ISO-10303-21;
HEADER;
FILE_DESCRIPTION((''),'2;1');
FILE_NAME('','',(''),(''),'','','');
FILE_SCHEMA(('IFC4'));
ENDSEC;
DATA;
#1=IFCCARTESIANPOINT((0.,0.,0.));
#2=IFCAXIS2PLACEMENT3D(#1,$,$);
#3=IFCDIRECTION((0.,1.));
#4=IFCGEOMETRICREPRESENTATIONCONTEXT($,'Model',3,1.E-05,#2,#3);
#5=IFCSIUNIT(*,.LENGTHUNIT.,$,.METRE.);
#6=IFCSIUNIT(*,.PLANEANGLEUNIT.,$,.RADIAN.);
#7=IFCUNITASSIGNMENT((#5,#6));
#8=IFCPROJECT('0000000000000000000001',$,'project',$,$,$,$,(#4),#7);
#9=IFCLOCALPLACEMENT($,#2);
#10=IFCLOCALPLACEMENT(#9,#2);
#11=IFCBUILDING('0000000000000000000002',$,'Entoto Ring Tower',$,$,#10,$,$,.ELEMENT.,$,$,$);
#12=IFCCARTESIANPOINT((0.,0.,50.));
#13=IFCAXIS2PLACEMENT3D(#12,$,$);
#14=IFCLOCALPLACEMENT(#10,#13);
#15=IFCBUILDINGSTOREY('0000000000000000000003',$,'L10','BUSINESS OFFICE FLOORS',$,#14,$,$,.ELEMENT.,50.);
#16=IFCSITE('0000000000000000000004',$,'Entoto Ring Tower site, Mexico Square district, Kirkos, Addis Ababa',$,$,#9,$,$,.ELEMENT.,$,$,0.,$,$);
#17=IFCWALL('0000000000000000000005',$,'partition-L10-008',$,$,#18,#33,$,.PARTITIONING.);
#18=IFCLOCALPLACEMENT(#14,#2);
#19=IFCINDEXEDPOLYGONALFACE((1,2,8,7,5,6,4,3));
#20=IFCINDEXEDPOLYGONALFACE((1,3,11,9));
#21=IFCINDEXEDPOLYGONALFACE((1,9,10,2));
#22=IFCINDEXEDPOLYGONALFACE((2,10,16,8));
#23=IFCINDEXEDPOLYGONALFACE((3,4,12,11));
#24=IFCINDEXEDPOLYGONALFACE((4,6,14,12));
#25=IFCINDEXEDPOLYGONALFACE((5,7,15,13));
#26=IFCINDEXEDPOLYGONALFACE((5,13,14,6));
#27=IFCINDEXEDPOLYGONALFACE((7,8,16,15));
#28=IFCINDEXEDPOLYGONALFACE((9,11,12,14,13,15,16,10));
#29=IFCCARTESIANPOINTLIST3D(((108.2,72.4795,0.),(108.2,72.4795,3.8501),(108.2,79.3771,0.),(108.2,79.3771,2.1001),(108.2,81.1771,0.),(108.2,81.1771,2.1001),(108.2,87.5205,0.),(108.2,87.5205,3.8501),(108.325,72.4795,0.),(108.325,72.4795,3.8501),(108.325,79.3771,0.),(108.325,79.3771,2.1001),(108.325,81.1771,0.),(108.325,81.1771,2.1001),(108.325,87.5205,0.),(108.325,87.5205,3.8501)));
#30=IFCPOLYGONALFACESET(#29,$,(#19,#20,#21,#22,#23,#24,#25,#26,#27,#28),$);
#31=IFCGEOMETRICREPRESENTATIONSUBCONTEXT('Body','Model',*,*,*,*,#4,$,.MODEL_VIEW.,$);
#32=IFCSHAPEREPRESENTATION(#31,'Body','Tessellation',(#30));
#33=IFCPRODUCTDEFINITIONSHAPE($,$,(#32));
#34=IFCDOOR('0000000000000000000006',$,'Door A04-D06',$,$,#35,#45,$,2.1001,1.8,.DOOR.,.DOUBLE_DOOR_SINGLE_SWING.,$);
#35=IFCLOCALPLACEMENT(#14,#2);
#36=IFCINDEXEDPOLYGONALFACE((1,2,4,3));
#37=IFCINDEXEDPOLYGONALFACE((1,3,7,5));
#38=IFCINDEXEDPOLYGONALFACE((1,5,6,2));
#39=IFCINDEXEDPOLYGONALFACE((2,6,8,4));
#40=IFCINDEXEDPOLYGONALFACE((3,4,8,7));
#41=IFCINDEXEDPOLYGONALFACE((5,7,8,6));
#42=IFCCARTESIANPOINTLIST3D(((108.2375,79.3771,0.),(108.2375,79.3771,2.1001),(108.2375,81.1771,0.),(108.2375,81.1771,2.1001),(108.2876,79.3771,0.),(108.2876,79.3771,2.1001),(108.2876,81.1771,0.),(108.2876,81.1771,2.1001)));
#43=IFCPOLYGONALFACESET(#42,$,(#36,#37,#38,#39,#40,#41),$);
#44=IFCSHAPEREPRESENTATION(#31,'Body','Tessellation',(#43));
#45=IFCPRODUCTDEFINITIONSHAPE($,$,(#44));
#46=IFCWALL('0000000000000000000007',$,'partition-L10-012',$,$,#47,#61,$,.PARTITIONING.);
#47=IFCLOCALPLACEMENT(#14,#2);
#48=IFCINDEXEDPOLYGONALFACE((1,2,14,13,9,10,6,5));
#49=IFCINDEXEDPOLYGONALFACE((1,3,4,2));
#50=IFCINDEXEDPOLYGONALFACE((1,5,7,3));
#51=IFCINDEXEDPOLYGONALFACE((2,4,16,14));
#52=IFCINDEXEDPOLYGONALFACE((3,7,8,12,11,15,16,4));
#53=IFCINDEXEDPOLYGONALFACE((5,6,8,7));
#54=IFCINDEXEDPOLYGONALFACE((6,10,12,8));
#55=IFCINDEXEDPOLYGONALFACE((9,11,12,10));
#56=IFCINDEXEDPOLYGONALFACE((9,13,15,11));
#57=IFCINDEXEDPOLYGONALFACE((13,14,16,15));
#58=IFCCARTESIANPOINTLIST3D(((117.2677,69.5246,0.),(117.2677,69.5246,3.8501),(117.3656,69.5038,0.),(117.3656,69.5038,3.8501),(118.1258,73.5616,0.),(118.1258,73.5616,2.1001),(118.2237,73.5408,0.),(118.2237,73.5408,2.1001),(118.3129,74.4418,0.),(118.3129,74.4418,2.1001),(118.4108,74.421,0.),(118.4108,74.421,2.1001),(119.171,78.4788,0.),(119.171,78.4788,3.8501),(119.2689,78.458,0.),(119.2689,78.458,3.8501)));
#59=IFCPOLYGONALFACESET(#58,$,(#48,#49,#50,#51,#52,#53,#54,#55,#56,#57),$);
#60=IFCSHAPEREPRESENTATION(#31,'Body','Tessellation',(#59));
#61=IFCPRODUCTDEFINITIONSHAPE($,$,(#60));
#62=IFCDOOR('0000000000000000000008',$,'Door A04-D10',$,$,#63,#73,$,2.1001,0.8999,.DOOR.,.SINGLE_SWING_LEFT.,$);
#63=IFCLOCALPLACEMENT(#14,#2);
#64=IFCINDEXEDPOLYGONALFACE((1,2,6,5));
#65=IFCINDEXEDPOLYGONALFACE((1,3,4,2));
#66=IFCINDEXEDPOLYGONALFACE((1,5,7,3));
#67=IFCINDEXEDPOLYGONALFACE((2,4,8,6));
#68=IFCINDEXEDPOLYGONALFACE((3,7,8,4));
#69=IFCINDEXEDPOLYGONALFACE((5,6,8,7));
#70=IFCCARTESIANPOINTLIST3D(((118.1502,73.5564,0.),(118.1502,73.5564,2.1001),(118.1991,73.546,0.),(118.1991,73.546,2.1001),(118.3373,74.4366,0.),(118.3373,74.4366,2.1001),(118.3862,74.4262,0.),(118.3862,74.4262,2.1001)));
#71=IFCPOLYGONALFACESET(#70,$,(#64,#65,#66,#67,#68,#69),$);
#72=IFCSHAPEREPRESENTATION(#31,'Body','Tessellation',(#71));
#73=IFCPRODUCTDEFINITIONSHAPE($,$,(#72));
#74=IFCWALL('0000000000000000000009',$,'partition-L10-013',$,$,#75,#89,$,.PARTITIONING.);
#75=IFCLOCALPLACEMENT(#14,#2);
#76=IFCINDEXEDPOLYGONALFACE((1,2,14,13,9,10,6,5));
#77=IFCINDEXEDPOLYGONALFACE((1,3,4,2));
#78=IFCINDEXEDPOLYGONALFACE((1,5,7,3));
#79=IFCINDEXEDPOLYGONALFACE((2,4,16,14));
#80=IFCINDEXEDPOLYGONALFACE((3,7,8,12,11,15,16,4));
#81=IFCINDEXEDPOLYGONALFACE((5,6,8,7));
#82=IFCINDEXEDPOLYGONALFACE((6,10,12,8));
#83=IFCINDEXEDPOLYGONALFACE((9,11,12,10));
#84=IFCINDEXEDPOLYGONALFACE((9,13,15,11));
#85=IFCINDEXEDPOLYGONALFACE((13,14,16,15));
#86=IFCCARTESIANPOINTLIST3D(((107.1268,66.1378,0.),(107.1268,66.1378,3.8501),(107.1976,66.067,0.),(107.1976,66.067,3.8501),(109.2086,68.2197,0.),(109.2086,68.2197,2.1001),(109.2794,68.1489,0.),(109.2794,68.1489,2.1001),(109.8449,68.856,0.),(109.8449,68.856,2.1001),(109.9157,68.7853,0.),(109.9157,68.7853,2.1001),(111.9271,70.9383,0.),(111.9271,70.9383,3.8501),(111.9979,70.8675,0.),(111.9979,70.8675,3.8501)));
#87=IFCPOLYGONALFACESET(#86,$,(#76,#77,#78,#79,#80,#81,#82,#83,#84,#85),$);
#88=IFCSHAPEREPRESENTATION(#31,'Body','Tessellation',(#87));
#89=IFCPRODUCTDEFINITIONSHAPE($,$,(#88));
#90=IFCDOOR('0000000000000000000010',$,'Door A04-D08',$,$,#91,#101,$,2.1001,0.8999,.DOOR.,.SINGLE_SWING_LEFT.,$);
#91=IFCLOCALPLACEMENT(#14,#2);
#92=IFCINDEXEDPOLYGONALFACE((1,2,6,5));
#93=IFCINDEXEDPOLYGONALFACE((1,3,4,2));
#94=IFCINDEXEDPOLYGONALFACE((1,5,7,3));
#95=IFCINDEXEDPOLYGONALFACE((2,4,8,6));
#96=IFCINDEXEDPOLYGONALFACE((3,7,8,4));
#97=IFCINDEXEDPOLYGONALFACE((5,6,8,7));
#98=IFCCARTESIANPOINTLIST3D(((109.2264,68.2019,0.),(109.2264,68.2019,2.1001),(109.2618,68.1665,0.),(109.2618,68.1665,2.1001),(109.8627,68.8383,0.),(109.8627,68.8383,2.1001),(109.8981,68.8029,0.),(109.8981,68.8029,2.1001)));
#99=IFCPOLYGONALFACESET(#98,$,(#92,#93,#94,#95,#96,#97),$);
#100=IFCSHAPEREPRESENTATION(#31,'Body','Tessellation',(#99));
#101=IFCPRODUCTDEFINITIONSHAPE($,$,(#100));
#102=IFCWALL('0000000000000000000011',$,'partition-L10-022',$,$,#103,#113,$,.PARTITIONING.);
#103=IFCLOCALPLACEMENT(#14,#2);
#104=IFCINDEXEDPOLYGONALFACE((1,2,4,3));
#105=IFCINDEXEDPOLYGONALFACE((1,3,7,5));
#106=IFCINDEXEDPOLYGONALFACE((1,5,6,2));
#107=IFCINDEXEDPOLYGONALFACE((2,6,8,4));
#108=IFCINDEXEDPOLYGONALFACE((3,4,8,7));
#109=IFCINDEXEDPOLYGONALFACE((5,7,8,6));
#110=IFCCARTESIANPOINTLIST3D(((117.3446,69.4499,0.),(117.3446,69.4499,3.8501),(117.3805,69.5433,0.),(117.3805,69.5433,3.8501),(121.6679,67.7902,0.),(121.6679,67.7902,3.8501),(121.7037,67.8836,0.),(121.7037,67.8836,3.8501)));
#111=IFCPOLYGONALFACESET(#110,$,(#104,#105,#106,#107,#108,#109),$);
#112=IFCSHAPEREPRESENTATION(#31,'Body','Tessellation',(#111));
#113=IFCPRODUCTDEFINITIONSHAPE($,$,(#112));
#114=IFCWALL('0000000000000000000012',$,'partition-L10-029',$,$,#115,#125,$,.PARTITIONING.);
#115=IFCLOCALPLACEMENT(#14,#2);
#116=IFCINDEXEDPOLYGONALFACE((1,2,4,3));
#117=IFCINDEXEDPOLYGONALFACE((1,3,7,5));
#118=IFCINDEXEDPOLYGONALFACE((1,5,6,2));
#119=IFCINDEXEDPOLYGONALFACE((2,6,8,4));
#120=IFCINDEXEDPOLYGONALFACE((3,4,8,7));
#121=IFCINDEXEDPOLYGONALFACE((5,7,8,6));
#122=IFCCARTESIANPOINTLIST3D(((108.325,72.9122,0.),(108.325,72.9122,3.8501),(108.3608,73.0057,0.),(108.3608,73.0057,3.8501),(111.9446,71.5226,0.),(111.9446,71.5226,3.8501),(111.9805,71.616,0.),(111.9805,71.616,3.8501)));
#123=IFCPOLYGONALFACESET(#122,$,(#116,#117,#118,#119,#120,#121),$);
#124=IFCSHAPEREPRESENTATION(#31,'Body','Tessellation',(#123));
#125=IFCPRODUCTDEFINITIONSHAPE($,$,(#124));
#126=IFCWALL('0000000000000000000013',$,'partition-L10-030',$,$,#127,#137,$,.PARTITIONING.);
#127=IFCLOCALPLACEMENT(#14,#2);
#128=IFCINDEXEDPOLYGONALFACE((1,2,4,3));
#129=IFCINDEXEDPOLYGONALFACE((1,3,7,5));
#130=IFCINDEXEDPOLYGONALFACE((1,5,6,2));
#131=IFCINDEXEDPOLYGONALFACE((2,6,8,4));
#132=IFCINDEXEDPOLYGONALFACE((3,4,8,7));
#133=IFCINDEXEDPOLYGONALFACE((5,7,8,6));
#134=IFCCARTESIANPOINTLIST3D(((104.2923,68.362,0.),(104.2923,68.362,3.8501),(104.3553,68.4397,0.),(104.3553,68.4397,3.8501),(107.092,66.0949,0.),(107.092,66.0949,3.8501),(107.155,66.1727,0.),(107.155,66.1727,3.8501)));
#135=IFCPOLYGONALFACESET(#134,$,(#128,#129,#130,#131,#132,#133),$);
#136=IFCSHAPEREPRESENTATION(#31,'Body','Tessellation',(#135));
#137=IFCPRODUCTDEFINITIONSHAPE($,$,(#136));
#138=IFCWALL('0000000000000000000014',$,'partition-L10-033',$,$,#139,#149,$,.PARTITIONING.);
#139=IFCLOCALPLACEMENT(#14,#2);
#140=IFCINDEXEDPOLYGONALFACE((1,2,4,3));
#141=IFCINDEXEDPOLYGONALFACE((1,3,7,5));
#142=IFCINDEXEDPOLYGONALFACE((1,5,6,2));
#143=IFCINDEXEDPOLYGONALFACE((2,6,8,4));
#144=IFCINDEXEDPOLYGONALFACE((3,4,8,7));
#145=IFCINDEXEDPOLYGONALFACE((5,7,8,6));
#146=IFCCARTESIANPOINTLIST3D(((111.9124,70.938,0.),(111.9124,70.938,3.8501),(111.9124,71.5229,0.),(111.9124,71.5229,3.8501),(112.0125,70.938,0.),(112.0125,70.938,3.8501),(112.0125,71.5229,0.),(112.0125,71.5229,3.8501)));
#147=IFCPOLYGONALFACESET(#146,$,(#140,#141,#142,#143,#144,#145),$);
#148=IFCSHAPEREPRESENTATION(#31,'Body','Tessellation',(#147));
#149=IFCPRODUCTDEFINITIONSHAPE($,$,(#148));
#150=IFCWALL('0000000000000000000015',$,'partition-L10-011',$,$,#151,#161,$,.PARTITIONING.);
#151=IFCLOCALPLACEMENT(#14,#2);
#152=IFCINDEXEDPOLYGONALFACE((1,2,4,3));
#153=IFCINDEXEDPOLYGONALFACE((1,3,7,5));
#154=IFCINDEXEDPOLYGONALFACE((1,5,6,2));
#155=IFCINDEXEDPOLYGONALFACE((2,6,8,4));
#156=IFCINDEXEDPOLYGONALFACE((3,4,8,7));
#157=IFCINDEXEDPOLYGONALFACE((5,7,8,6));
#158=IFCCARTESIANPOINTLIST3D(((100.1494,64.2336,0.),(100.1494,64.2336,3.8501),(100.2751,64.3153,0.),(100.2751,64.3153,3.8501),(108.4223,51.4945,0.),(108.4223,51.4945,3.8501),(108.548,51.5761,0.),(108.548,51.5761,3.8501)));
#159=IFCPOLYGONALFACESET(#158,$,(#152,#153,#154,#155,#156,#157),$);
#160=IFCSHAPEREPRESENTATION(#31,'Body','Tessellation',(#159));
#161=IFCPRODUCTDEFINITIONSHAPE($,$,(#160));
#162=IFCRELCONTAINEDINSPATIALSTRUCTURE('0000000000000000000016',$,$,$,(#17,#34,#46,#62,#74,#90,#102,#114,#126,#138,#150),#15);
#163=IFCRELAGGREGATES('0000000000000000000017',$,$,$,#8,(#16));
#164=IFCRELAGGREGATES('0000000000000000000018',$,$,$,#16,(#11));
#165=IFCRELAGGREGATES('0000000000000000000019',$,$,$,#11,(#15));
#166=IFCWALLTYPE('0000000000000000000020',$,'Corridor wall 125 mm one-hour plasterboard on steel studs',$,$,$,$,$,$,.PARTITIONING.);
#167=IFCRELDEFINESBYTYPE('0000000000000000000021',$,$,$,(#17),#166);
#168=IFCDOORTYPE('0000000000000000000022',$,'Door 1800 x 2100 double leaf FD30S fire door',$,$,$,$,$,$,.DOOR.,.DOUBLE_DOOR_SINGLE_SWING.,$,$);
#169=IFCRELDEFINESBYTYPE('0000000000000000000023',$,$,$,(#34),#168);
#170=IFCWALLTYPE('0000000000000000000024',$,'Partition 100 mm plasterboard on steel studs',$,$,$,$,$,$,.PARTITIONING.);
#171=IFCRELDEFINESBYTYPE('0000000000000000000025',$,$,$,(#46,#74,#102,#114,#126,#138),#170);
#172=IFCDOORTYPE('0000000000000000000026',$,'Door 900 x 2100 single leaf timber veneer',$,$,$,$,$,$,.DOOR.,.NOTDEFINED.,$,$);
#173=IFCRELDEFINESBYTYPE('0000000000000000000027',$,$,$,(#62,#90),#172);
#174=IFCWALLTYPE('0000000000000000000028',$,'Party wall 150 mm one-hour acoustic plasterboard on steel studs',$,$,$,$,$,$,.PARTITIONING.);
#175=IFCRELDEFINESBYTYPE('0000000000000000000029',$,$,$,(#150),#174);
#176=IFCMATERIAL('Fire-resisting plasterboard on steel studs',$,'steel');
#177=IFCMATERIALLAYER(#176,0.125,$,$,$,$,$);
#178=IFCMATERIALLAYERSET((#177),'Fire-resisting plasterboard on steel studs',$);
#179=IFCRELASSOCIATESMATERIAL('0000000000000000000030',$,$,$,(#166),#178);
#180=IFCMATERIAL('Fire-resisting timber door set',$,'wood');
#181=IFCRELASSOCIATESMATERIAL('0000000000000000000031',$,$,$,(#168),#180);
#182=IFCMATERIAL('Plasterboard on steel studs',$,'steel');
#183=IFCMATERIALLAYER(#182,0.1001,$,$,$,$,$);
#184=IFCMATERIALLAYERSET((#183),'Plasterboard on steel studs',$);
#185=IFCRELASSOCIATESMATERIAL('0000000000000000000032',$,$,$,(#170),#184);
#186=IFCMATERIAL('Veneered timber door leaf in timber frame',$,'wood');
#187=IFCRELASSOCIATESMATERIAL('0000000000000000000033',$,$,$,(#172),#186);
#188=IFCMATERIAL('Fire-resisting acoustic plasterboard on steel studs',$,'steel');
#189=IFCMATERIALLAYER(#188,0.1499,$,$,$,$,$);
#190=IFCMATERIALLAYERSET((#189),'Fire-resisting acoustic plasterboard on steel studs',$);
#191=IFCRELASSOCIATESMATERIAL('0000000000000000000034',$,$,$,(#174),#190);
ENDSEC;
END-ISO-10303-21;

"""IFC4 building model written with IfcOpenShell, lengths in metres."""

from ifc_helpers import new_model, si_unit, direction, frame, frame_2d, origin, place, context, subcontext, project, spatial, rectangle, extrude, material, layer, layer_set, type_object, element, fill, save


model = new_model("IFC4")

# Units and contexts
model_context = context("Model", 3, precision=1e-05, world=origin(), true_north=direction((0.0, 1.0)))
body_context = subcontext(model_context, "Body", "Model", "MODEL_VIEW")
ifc_project = project(units=[si_unit("LENGTHUNIT", "METRE"), si_unit("PLANEANGLEUNIT", "RADIAN")], contexts=[model_context])

# Site, building, storey
site_placement = place(None, origin())
site = spatial("IfcSite", under=ifc_project, at=site_placement, Name="Entoto Ring Tower site, Mexico Square district, Kirkos, Addis Ababa", CompositionType="ELEMENT", RefElevation=0.0)
building_placement = place(site_placement, origin())
building = spatial("IfcBuilding", under=site, at=building_placement, Name="Entoto Ring Tower", CompositionType="ELEMENT")
storey_placement = place(building_placement, frame((0.0, 0.0, 50.0)))
storey = spatial("IfcBuildingStorey", under=building, at=storey_placement, Name="L10", Description="BUSINESS OFFICE FLOORS", CompositionType="ELEMENT", Elevation=50.0)

# Walls, openings, doors
ifc_material_1 = material(Name="Fire-resisting plasterboard on steel studs", Category="steel")
ifc_layer_1 = layer(ifc_material_1, 0.125)
ifc_layer_set_1 = layer_set([ifc_layer_1], Name="Fire-resisting plasterboard on steel studs")
wall_type_1 = type_object("IfcWallType", Name="Corridor wall 125 mm one-hour plasterboard on steel studs", PredefinedType="PARTITIONING", material=ifc_layer_set_1)
wall_1_placement = place(storey_placement, frame((108.2625, 72.4795, 0.0), z_axis=(0.0, 0.0, 1.0), x_axis=(0.0, 1.0, 0.0)))
wall_1 = element("IfcWall", 1, at=wall_1_placement, inside=storey, type_object=wall_type_1, Name="partition-L10-008", PredefinedType="PARTITIONING", context=body_context, shape_type="SweptSolid", body=[
    extrude(rectangle(XDim=15.041, YDim=0.125, at=frame_2d((7.5205, 0.0))), origin(), (0.0, 0.0, 1.0), 3.8501),
])
opening_1_placement = place(wall_1_placement, frame((6.8977, 0.0, 0.0)))
opening_1 = element("IfcOpeningElement", 2, at=opening_1_placement, cuts=wall_1, PredefinedType="OPENING", context=body_context, shape_type="SweptSolid", body=[
    extrude(rectangle(XDim=1.8, YDim=2.1001, at=frame_2d((0.8999, 1.05))), frame((0.0, 0.0725, 0.0), z_axis=(0.0, -1.0, 0.0), x_axis=(1.0, 0.0, 0.0)), (0.0, 0.0, 1.0), 0.145),
])
ifc_material_2 = material(Name="Fire-resisting timber door set", Category="wood")
door_type_1 = type_object("IfcDoorType", Name="Door 1800 x 2100 double leaf FD30S fire door", OperationType="DOUBLE_DOOR_SINGLE_SWING", PredefinedType="DOOR", material=ifc_material_2)
door_1_placement = place(opening_1_placement, origin())
door_1 = element("IfcDoor", 3, at=door_1_placement, inside=storey, type_object=door_type_1, Name="Door A04-D06", OperationType="DOUBLE_DOOR_SINGLE_SWING", OverallHeight=2.1001, OverallWidth=1.8, PredefinedType="DOOR", context=body_context, shape_type="SweptSolid", body=[
    extrude(rectangle(XDim=1.8, YDim=2.1001, at=frame_2d((0.8999, 1.05))), frame((0.0, 0.0249, 0.0), z_axis=(0.0, -1.0, 0.0), x_axis=(1.0, 0.0, 0.0)), (0.0, 0.0, 1.0), 0.05),
])
fill(opening_1, door_1)
ifc_material_3 = material(Name="Plasterboard on steel studs", Category="steel")
ifc_layer_2 = layer(ifc_material_3, 0.1001)
ifc_layer_set_2 = layer_set([ifc_layer_2], Name="Plasterboard on steel studs")
wall_type_2 = type_object("IfcWallType", Name="Partition 100 mm plasterboard on steel studs", PredefinedType="PARTITIONING", material=ifc_layer_set_2)
wall_2_placement = place(storey_placement, frame((117.3167, 69.5142, 0.0), z_axis=(0.0, 0.0, 1.0), x_axis=(0.207913, 0.978147, 0.0)))
wall_2 = element("IfcWall", 4, at=wall_2_placement, inside=storey, type_object=wall_type_2, Name="partition-L10-012", PredefinedType="PARTITIONING", context=body_context, shape_type="SweptSolid", body=[
    extrude(rectangle(XDim=9.1543, YDim=0.1001, at=frame_2d((4.5771, 0.0))), origin(), (0.0, 0.0, 1.0), 3.8501),
])
opening_2_placement = place(wall_2_placement, frame((4.1272, 0.0, 0.0)))
opening_2 = element("IfcOpeningElement", 5, at=opening_2_placement, cuts=wall_2, PredefinedType="OPENING", context=body_context, shape_type="SweptSolid", body=[
    extrude(rectangle(XDim=0.8999, YDim=2.1001, at=frame_2d((0.45, 1.05))), frame((0.0, 0.0601, 0.0), z_axis=(0.0, -1.0, 0.0), x_axis=(1.0, 0.0, 0.0)), (0.0, 0.0, 1.0), 0.1201),
])
ifc_material_4 = material(Name="Veneered timber door leaf in timber frame", Category="wood")
door_type_2 = type_object("IfcDoorType", Name="Door 900 x 2100 single leaf timber veneer", OperationType="NOTDEFINED", PredefinedType="DOOR", material=ifc_material_4)
door_2_placement = place(opening_2_placement, frame((0.8999, 0.0, 0.0), z_axis=(0.0, 0.0, 1.0), x_axis=(-1.0, 0.0, 0.0)))
door_2 = element("IfcDoor", 6, at=door_2_placement, inside=storey, type_object=door_type_2, Name="Door A04-D10", OperationType="SINGLE_SWING_LEFT", OverallHeight=2.1001, OverallWidth=0.8999, PredefinedType="DOOR", context=body_context, shape_type="SweptSolid", body=[
    extrude(rectangle(XDim=0.8999, YDim=2.1001, at=frame_2d((0.45, 1.05))), frame((0.0, 0.0249, 0.0), z_axis=(0.0, -1.0, 0.0), x_axis=(1.0, 0.0, 0.0)), (0.0, 0.0, 1.0), 0.05),
])
fill(opening_2, door_2)
wall_3_placement = place(storey_placement, frame((107.1621, 66.1023, 0.0), z_axis=(0.0, 0.0, 1.0), x_axis=(0.707089, 0.707125, 0.0)))
wall_3 = element("IfcWall", 7, at=wall_3_placement, inside=storey, type_object=wall_type_2, Name="partition-L10-013", PredefinedType="PARTITIONING", context=body_context, shape_type="SweptSolid", body=[
    extrude(rectangle(XDim=6.7888, YDim=0.1001, at=frame_2d((3.3945, 0.0))), origin(), (0.0, 0.0, 1.0), 3.8501),
])
opening_3_placement = place(wall_3_placement, frame((2.9443, 0.0, 0.0)))
opening_3 = element("IfcOpeningElement", 8, at=opening_3_placement, cuts=wall_3, PredefinedType="OPENING", context=body_context, shape_type="SweptSolid", body=[
    extrude(rectangle(XDim=0.8999, YDim=2.1001, at=frame_2d((0.45, 1.05))), frame((0.0, 0.0601, 0.0), z_axis=(0.0, -1.0, 0.0), x_axis=(1.0, 0.0, 0.0)), (0.0, 0.0, 1.0), 0.1201),
])
door_3_placement = place(opening_3_placement, origin())
door_3 = element("IfcDoor", 9, at=door_3_placement, inside=storey, type_object=door_type_2, Name="Door A04-D08", OperationType="SINGLE_SWING_LEFT", OverallHeight=2.1001, OverallWidth=0.8999, PredefinedType="DOOR", context=body_context, shape_type="SweptSolid", body=[
    extrude(rectangle(XDim=0.8999, YDim=2.1001, at=frame_2d((0.45, 1.05))), frame((0.0, 0.0249, 0.0), z_axis=(0.0, -1.0, 0.0), x_axis=(1.0, 0.0, 0.0)), (0.0, 0.0, 1.0), 0.05),
])
fill(opening_3, door_3)

# Walls
wall_4_placement = place(storey_placement, frame((121.6858, 67.8369, 0.0), z_axis=(0.0, 0.0, 1.0), x_axis=(-0.933571, 0.358393, 0.0)))
element("IfcWall", 10, at=wall_4_placement, inside=storey, type_object=wall_type_2, Name="partition-L10-022", PredefinedType="PARTITIONING", context=body_context, shape_type="SweptSolid", body=[
    extrude(rectangle(XDim=4.6309, YDim=0.1001, at=frame_2d((2.3154, 0.0))), origin(), (0.0, 0.0, 1.0), 3.8501),
])
wall_5_placement = place(storey_placement, frame((111.9624, 71.5693, 0.0), z_axis=(0.0, 0.0, 1.0), x_axis=(-0.933563, 0.358414, 0.0)))
element("IfcWall", 11, at=wall_5_placement, inside=storey, type_object=wall_type_2, Name="partition-L10-029", PredefinedType="PARTITIONING", context=body_context, shape_type="SweptSolid", body=[
    extrude(rectangle(XDim=3.8772, YDim=0.1001, at=frame_2d((1.9385, 0.0))), origin(), (0.0, 0.0, 1.0), 3.8501),
])
wall_6_placement = place(storey_placement, frame((107.1235, 66.1338, 0.0), z_axis=(0.0, 0.0, 1.0), x_axis=(-0.777166, 0.629296, 0.0)))
element("IfcWall", 12, at=wall_6_placement, inside=storey, type_object=wall_type_2, Name="partition-L10-030", PredefinedType="PARTITIONING", context=body_context, shape_type="SweptSolid", body=[
    extrude(rectangle(XDim=3.6025, YDim=0.1001, at=frame_2d((1.8013, 0.0))), origin(), (0.0, 0.0, 1.0), 3.8501),
])
wall_7_placement = place(storey_placement, frame((111.9624, 70.938, 0.0), z_axis=(0.0, 0.0, 1.0), x_axis=(0.0, 1.0, 0.0)))
element("IfcWall", 13, at=wall_7_placement, inside=storey, type_object=wall_type_2, Name="partition-L10-033", PredefinedType="PARTITIONING", context=body_context, shape_type="SweptSolid", body=[
    extrude(rectangle(XDim=0.585, YDim=0.1001, at=frame_2d((0.2925, 0.0))), origin(), (0.0, 0.0, 1.0), 3.8501),
])
ifc_material_5 = material(Name="Fire-resisting acoustic plasterboard on steel studs", Category="steel")
ifc_layer_3 = layer(ifc_material_5, 0.1499)
ifc_layer_set_3 = layer_set([ifc_layer_3], Name="Fire-resisting acoustic plasterboard on steel studs")
wall_type_3 = type_object("IfcWallType", Name="Party wall 150 mm one-hour acoustic plasterboard on steel studs", PredefinedType="PARTITIONING", material=ifc_layer_set_3)
wall_8_placement = place(storey_placement, frame((108.4851, 51.5354, 0.0), z_axis=(0.0, 0.0, 1.0), x_axis=(-0.544638, 0.838671, 0.0)))
element("IfcWall", 14, at=wall_8_placement, inside=storey, type_object=wall_type_3, Name="partition-L10-011", PredefinedType="PARTITIONING", context=body_context, shape_type="SweptSolid", body=[
    extrude(rectangle(XDim=15.1897, YDim=0.1499, at=frame_2d((7.5947, 0.0))), origin(), (0.0, 0.0, 1.0), 3.8501),
])

save(model, "model.ifc")
